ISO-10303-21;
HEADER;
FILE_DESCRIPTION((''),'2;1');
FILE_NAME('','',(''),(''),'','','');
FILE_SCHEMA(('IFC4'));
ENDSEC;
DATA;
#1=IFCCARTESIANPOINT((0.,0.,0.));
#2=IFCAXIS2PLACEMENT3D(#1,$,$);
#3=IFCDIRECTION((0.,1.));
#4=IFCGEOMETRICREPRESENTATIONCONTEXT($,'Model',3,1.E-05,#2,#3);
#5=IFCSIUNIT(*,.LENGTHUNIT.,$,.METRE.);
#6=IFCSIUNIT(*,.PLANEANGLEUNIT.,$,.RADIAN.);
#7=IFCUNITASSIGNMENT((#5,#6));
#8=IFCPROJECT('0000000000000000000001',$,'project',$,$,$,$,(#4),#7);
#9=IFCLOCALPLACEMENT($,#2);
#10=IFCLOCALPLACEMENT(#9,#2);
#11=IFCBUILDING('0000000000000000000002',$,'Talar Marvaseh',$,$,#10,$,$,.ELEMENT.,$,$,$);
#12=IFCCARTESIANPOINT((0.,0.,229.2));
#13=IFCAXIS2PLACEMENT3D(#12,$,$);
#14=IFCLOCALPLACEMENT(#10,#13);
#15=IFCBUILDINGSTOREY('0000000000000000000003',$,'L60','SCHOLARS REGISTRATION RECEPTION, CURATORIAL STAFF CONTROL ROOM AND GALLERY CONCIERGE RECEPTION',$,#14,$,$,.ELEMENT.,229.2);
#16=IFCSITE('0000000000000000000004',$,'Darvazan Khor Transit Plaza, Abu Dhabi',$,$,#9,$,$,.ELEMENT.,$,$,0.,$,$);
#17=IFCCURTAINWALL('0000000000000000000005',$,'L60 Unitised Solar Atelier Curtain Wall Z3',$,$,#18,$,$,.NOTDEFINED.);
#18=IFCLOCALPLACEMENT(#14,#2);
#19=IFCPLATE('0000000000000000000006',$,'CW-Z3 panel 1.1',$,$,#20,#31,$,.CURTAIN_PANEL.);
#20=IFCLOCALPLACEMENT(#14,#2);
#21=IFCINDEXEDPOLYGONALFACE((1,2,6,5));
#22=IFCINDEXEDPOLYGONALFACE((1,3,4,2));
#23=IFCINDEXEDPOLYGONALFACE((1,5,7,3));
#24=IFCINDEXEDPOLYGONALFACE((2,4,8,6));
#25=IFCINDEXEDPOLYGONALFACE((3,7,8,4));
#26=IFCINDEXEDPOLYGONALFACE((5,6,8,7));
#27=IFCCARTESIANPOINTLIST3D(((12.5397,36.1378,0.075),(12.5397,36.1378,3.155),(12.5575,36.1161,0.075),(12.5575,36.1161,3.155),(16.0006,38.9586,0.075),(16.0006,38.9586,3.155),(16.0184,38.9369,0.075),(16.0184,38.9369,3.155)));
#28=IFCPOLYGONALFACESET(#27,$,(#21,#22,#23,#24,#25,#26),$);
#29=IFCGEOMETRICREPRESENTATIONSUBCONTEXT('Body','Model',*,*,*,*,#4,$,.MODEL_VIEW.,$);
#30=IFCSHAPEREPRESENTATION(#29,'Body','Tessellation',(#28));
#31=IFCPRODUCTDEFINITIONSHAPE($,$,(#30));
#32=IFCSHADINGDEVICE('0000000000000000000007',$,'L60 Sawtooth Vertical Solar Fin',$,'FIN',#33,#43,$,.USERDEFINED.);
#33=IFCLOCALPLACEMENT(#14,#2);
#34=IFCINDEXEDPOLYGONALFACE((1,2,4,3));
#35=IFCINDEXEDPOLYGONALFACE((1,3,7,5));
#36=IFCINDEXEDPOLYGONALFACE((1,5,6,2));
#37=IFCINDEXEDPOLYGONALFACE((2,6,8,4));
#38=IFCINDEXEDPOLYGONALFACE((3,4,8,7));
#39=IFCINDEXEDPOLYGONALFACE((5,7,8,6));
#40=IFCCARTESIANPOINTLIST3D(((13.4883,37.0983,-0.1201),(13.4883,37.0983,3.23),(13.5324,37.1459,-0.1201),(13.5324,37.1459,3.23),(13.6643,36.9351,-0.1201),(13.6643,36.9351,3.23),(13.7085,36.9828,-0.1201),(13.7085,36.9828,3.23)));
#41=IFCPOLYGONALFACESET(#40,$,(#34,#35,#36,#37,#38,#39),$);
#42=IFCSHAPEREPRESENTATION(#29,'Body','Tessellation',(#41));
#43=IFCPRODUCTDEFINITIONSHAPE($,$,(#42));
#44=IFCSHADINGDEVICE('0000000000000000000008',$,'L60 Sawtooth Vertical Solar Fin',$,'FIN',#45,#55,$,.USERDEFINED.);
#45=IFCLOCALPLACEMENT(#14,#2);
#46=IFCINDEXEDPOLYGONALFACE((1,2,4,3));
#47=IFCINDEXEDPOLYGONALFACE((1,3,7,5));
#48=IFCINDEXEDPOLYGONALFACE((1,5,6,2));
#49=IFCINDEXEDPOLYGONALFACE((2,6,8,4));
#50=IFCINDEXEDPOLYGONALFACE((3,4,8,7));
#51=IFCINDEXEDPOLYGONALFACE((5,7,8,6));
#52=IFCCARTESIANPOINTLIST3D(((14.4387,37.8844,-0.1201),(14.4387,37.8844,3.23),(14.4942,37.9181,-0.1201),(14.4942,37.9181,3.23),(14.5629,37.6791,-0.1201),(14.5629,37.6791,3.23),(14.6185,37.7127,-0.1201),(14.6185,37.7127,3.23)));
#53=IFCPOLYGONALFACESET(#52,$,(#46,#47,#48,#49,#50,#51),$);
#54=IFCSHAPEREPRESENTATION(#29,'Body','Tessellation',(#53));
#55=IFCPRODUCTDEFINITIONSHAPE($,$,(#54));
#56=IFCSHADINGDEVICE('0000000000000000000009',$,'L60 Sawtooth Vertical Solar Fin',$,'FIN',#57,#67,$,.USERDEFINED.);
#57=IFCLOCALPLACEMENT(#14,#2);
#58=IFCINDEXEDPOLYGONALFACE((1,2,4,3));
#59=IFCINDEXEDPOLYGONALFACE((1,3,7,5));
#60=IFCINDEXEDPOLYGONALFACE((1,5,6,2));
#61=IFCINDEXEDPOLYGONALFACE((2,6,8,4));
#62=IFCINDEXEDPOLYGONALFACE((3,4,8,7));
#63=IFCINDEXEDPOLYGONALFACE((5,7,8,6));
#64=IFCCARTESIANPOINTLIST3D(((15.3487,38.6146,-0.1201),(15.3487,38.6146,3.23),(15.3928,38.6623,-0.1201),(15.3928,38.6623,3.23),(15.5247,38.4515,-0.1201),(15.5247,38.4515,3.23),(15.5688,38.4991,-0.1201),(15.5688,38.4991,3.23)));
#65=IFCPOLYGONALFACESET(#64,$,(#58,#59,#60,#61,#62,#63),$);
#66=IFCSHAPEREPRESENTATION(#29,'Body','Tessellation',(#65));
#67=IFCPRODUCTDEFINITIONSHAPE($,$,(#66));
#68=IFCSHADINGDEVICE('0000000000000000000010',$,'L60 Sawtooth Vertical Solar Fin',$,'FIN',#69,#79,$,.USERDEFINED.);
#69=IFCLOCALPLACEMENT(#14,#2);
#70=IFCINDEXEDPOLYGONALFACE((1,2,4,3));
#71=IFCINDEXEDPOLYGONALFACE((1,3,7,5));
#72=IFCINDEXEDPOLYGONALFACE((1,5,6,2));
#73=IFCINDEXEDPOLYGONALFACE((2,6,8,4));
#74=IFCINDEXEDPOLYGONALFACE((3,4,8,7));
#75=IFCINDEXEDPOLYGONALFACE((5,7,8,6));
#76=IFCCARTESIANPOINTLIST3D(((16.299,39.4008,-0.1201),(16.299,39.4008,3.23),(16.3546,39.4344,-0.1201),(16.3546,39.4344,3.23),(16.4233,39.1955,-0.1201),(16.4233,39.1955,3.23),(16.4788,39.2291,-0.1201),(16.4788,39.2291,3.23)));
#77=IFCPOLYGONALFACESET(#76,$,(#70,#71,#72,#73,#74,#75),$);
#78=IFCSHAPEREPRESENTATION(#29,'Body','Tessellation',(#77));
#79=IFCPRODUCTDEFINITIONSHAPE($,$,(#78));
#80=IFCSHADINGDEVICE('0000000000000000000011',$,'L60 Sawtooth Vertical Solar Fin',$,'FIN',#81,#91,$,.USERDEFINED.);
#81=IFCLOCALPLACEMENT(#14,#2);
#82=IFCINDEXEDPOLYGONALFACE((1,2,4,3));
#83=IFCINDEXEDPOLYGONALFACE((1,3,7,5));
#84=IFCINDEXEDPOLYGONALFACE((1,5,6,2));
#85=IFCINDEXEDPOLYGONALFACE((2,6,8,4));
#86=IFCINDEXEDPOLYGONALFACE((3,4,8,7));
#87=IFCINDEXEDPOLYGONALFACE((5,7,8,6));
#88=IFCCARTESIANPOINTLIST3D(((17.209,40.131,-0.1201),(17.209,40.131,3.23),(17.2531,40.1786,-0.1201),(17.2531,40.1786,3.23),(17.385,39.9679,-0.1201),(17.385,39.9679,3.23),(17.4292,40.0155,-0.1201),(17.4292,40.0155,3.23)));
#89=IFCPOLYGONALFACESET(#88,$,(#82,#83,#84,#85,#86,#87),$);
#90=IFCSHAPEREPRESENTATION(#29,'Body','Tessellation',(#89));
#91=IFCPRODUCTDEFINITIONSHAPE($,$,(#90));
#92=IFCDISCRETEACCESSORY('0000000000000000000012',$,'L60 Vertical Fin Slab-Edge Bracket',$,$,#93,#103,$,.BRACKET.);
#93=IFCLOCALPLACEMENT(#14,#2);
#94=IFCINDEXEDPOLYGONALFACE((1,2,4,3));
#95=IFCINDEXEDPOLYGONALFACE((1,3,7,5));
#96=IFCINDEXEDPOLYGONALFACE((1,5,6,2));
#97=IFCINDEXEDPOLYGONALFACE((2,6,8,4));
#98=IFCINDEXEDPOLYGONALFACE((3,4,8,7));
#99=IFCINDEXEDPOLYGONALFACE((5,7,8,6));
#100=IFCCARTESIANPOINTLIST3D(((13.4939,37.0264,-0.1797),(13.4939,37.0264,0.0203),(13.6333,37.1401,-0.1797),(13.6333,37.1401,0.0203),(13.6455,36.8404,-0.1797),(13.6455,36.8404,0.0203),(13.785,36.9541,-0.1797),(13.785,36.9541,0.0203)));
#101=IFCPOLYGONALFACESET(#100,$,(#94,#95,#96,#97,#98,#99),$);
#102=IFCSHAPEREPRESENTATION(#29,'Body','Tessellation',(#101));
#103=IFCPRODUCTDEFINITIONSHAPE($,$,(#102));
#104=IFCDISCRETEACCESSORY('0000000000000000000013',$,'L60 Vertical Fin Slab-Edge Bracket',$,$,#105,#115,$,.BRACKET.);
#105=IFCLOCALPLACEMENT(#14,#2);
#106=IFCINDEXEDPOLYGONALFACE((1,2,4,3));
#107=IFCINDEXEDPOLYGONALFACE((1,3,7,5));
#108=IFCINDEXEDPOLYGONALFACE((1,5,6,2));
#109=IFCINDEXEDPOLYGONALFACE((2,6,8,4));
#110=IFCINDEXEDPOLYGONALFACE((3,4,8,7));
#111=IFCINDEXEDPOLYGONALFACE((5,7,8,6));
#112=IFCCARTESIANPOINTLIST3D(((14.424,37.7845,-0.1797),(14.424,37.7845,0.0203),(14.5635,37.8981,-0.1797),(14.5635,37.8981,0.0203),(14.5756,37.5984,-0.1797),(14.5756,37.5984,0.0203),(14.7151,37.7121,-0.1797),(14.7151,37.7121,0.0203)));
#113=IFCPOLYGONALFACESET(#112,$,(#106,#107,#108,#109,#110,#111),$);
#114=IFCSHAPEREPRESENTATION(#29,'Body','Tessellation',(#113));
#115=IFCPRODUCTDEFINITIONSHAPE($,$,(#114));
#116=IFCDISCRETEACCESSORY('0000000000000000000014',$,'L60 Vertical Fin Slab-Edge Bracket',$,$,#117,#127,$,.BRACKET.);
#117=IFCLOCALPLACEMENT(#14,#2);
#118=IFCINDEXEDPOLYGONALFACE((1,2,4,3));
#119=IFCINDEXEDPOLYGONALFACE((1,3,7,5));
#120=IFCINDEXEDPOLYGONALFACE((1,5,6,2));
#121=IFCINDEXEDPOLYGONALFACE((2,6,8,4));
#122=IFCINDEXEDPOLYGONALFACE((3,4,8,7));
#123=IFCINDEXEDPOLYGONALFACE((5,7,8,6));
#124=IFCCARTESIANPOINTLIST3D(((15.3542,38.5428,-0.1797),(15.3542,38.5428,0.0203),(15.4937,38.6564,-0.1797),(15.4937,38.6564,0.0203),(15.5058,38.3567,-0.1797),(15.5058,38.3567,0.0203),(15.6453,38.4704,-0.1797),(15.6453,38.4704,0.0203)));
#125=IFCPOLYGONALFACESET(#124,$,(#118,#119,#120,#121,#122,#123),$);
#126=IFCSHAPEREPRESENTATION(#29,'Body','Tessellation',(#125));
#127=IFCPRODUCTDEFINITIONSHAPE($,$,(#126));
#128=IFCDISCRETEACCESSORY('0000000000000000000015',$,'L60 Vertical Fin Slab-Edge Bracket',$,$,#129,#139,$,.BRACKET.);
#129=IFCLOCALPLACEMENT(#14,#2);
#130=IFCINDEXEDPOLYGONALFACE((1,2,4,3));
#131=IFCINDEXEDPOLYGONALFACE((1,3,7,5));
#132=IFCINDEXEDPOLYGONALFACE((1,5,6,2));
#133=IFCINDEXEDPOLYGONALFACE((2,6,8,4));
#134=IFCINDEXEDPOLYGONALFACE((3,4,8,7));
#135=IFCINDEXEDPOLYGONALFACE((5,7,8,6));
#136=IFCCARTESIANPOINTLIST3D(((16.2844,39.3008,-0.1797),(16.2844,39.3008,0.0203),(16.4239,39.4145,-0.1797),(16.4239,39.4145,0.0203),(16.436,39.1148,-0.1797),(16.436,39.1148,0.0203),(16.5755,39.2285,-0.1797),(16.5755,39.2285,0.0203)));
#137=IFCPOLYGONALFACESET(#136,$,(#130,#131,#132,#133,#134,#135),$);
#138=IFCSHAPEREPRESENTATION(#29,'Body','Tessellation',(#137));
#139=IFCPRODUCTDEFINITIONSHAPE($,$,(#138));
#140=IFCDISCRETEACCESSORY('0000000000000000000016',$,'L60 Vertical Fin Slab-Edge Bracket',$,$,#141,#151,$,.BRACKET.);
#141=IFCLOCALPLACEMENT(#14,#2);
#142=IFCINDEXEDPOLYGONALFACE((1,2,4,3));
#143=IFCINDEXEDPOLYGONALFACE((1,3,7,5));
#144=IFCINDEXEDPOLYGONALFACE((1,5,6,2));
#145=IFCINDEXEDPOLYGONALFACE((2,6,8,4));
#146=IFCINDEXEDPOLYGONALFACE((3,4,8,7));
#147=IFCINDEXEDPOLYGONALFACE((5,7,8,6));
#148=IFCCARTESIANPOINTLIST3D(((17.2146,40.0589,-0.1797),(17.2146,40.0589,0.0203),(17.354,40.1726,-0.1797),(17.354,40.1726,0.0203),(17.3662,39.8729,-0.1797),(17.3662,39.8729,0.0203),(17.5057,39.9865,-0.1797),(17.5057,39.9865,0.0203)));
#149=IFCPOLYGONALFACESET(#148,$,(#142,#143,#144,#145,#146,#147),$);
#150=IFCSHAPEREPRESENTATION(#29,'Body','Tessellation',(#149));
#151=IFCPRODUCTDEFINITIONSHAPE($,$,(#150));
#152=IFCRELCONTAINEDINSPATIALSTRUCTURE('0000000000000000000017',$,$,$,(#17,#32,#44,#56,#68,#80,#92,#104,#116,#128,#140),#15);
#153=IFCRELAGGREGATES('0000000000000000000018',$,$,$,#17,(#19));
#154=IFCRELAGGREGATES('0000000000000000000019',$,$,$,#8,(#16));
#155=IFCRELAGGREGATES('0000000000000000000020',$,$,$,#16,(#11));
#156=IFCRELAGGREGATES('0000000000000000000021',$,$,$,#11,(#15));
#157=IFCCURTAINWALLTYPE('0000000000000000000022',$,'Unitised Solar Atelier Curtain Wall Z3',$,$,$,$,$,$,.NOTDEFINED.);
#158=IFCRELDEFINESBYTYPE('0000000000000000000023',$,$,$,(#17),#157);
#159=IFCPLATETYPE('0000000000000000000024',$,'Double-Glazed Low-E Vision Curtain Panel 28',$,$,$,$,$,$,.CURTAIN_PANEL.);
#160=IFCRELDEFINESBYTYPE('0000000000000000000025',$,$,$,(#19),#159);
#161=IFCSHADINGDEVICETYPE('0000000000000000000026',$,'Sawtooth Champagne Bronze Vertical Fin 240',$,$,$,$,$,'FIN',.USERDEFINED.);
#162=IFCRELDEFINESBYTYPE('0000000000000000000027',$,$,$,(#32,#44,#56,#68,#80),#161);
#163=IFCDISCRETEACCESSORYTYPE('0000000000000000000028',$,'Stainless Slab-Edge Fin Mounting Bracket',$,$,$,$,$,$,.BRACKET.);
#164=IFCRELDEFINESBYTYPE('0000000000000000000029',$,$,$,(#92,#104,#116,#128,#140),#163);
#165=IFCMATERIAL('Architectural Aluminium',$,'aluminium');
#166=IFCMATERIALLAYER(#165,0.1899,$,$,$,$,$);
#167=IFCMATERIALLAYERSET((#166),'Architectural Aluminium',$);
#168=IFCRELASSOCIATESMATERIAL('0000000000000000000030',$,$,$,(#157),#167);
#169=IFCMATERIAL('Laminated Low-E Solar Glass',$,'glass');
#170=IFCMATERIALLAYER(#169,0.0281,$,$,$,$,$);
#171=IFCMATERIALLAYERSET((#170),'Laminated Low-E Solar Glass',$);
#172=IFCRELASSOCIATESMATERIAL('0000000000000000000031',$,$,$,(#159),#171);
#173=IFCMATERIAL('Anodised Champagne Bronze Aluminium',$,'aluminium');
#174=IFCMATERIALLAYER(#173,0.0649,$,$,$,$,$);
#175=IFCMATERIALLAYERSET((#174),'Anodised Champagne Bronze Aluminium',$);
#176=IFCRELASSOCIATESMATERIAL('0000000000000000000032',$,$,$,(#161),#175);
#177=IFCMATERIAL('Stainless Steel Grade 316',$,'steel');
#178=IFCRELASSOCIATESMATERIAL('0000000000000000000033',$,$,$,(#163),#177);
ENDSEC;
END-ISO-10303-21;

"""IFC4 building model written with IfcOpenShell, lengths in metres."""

from ifc_helpers import new_model, si_unit, direction, frame, origin, origin_2d, place, context, subcontext, project, spatial, rectangle, extrude, source, transform, mapped, material, layer, layer_set, type_object, type_shapes, element, aggregate, save


model = new_model("IFC4")

# Units and contexts
model_context = context("Model", 3, precision=1e-05, world=origin(), true_north=direction((0.0, 1.0)))
body_context = subcontext(model_context, "Body", "Model", "MODEL_VIEW")
ifc_project = project(units=[si_unit("LENGTHUNIT", "METRE"), si_unit("PLANEANGLEUNIT", "RADIAN")], contexts=[model_context])

# Site, building, storey
site_placement = place(None, origin())
site = spatial("IfcSite", under=ifc_project, at=site_placement, Name="Darvazan Khor Transit Plaza, Abu Dhabi", CompositionType="ELEMENT", RefElevation=0.0)
building_placement = place(site_placement, origin())
building = spatial("IfcBuilding", under=site, at=building_placement, Name="Talar Marvaseh", CompositionType="ELEMENT")
storey_placement = place(building_placement, frame((0.0, 0.0, 229.2)))
storey = spatial("IfcBuildingStorey", under=building, at=storey_placement, Name="L60", Description="SCHOLARS REGISTRATION RECEPTION, CURATORIAL STAFF CONTROL ROOM AND GALLERY CONCIERGE RECEPTION", CompositionType="ELEMENT", Elevation=229.2)

# Curtain wall, plate
ifc_material_1 = material(Name="Architectural Aluminium", Category="aluminium")
ifc_layer_1 = layer(ifc_material_1, 0.1899)
ifc_layer_set_1 = layer_set([ifc_layer_1], Name="Architectural Aluminium")
curtain_wall_type = type_object("IfcCurtainWallType", Name="Unitised Solar Atelier Curtain Wall Z3", PredefinedType="NOTDEFINED", material=ifc_layer_set_1)
curtain_wall_placement = place(storey_placement, origin())
curtain_wall = element("IfcCurtainWall", 1, at=curtain_wall_placement, inside=storey, type_object=curtain_wall_type, Name="L60 Unitised Solar Atelier Curtain Wall Z3", PredefinedType="NOTDEFINED")
ifc_material_2 = material(Name="Laminated Low-E Solar Glass", Category="glass")
ifc_layer_2 = layer(ifc_material_2, 0.0281)
ifc_layer_set_2 = layer_set([ifc_layer_2], Name="Laminated Low-E Solar Glass")
plate_type = type_object("IfcPlateType", Name="Double-Glazed Low-E Vision Curtain Panel 28", PredefinedType="CURTAIN_PANEL", material=ifc_layer_set_2)
shared_shape_1 = source(origin(), body_context, "Body", "SweptSolid", [
    extrude(rectangle(XDim=4.4648, YDim=0.0281, at=origin_2d()), origin(), (0.0, 0.0, 1.0), 3.0801),
])
type_shapes(plate_type, [shared_shape_1])
plate_placement = place(storey_placement, frame((14.2791, 37.5374, 0.075), z_axis=(0.0, 0.0, 1.0), x_axis=(0.775145, 0.631784, 0.0)))
plate = element("IfcPlate", 2, at=plate_placement, type_object=plate_type, Name="CW-Z3 panel 1.1", PredefinedType="CURTAIN_PANEL", context=body_context, shape_type="MappedRepresentation", body=[
    mapped(shared_shape_1, transform((0.0, 0.0, 0.0), x_axis=(1.0, 0.0, 0.0), y_axis=(0.0, 1.0, 0.0), z_axis=(0.0, 0.0, 1.0), scale=1.0)),
])
aggregate(curtain_wall, [plate])

# Shading devices
ifc_material_3 = material(Name="Anodised Champagne Bronze Aluminium", Category="aluminium")
ifc_layer_3 = layer(ifc_material_3, 0.0649)
ifc_layer_set_3 = layer_set([ifc_layer_3], Name="Anodised Champagne Bronze Aluminium")
shading_device_type = type_object("IfcShadingDeviceType", Name="Sawtooth Champagne Bronze Vertical Fin 240", ElementType="FIN", PredefinedType="USERDEFINED", material=ifc_layer_set_3)
shared_shape_2 = source(origin(), body_context, "Body", "SweptSolid", [
    extrude(rectangle(XDim=0.24, YDim=0.0649, at=origin_2d()), origin(), (0.0, 0.0, 1.0), 3.3501),
])
type_shapes(shading_device_type, [shared_shape_2])
for number, where, z_axis, x_axis, name in (
    (3, (13.5984, 37.0405, -0.1201), (0.0, 0.0, 1.0), (-0.733493, 0.679697, 0.0), "L60 Sawtooth Vertical Solar Fin"),
    (4, (14.5286, 37.7986, -0.1201), (0.0, 0.0, 1.0), (-0.517728, 0.855545, 0.0), "L60 Sawtooth Vertical Solar Fin"),
    (5, (15.4587, 38.5569, -0.1201), (0.0, 0.0, 1.0), (-0.733493, 0.679697, 0.0), "L60 Sawtooth Vertical Solar Fin"),
    (6, (16.3889, 39.3149, -0.1201), (0.0, 0.0, 1.0), (-0.517728, 0.855545, 0.0), "L60 Sawtooth Vertical Solar Fin"),
    (7, (17.3191, 40.0732, -0.1201), (0.0, 0.0, 1.0), (-0.733493, 0.679697, 0.0), "L60 Sawtooth Vertical Solar Fin"),
):
    element("IfcShadingDevice", number, at=place(storey_placement, frame(where, z_axis=z_axis, x_axis=x_axis)), inside=storey, type_object=shading_device_type, Name=name, ObjectType="FIN", PredefinedType="USERDEFINED", context=body_context, shape_type="MappedRepresentation", body=[
        mapped(shared_shape_2, transform((0.0, 0.0, 0.0), x_axis=(1.0, 0.0, 0.0), y_axis=(0.0, 1.0, 0.0), z_axis=(0.0, 0.0, 1.0), scale=1.0)),
    ])

# Discrete accessories
ifc_material_4 = material(Name="Stainless Steel Grade 316", Category="steel")
discrete_accessory_type = type_object("IfcDiscreteAccessoryType", Name="Stainless Slab-Edge Fin Mounting Bracket", PredefinedType="BRACKET", material=ifc_material_4)
shared_shape_3 = source(origin(), body_context, "Body", "SweptSolid", [
    extrude(rectangle(XDim=0.24, YDim=0.1799, at=origin_2d()), origin(), (0.0, 0.0, 1.0), 0.2),
])
type_shapes(discrete_accessory_type, [shared_shape_3])
for number, where, z_axis, x_axis, name in (
    (8, (13.6394, 36.9902, -0.1797), (0.0, 0.0, 1.0), (-0.631759, 0.775165, 0.0), "L60 Vertical Fin Slab-Edge Bracket"),
    (9, (14.5696, 37.7483, -0.1797), (0.0, 0.0, 1.0), (-0.631759, 0.775165, 0.0), "L60 Vertical Fin Slab-Edge Bracket"),
    (10, (15.4998, 38.5066, -0.1797), (0.0, 0.0, 1.0), (-0.631759, 0.775165, 0.0), "L60 Vertical Fin Slab-Edge Bracket"),
    (11, (16.4299, 39.2646, -0.1797), (0.0, 0.0, 1.0), (-0.631759, 0.775165, 0.0), "L60 Vertical Fin Slab-Edge Bracket"),
    (12, (17.3601, 40.0227, -0.1797), (0.0, 0.0, 1.0), (-0.631759, 0.775165, 0.0), "L60 Vertical Fin Slab-Edge Bracket"),
):
    element("IfcDiscreteAccessory", number, at=place(storey_placement, frame(where, z_axis=z_axis, x_axis=x_axis)), inside=storey, type_object=discrete_accessory_type, Name=name, PredefinedType="BRACKET", context=body_context, shape_type="MappedRepresentation", body=[
        mapped(shared_shape_3, transform((0.0, 0.0, 0.0), x_axis=(1.0, 0.0, 0.0), y_axis=(0.0, 1.0, 0.0), z_axis=(0.0, 0.0, 1.0), scale=1.0)),
    ])

save(model, "model.ifc")
